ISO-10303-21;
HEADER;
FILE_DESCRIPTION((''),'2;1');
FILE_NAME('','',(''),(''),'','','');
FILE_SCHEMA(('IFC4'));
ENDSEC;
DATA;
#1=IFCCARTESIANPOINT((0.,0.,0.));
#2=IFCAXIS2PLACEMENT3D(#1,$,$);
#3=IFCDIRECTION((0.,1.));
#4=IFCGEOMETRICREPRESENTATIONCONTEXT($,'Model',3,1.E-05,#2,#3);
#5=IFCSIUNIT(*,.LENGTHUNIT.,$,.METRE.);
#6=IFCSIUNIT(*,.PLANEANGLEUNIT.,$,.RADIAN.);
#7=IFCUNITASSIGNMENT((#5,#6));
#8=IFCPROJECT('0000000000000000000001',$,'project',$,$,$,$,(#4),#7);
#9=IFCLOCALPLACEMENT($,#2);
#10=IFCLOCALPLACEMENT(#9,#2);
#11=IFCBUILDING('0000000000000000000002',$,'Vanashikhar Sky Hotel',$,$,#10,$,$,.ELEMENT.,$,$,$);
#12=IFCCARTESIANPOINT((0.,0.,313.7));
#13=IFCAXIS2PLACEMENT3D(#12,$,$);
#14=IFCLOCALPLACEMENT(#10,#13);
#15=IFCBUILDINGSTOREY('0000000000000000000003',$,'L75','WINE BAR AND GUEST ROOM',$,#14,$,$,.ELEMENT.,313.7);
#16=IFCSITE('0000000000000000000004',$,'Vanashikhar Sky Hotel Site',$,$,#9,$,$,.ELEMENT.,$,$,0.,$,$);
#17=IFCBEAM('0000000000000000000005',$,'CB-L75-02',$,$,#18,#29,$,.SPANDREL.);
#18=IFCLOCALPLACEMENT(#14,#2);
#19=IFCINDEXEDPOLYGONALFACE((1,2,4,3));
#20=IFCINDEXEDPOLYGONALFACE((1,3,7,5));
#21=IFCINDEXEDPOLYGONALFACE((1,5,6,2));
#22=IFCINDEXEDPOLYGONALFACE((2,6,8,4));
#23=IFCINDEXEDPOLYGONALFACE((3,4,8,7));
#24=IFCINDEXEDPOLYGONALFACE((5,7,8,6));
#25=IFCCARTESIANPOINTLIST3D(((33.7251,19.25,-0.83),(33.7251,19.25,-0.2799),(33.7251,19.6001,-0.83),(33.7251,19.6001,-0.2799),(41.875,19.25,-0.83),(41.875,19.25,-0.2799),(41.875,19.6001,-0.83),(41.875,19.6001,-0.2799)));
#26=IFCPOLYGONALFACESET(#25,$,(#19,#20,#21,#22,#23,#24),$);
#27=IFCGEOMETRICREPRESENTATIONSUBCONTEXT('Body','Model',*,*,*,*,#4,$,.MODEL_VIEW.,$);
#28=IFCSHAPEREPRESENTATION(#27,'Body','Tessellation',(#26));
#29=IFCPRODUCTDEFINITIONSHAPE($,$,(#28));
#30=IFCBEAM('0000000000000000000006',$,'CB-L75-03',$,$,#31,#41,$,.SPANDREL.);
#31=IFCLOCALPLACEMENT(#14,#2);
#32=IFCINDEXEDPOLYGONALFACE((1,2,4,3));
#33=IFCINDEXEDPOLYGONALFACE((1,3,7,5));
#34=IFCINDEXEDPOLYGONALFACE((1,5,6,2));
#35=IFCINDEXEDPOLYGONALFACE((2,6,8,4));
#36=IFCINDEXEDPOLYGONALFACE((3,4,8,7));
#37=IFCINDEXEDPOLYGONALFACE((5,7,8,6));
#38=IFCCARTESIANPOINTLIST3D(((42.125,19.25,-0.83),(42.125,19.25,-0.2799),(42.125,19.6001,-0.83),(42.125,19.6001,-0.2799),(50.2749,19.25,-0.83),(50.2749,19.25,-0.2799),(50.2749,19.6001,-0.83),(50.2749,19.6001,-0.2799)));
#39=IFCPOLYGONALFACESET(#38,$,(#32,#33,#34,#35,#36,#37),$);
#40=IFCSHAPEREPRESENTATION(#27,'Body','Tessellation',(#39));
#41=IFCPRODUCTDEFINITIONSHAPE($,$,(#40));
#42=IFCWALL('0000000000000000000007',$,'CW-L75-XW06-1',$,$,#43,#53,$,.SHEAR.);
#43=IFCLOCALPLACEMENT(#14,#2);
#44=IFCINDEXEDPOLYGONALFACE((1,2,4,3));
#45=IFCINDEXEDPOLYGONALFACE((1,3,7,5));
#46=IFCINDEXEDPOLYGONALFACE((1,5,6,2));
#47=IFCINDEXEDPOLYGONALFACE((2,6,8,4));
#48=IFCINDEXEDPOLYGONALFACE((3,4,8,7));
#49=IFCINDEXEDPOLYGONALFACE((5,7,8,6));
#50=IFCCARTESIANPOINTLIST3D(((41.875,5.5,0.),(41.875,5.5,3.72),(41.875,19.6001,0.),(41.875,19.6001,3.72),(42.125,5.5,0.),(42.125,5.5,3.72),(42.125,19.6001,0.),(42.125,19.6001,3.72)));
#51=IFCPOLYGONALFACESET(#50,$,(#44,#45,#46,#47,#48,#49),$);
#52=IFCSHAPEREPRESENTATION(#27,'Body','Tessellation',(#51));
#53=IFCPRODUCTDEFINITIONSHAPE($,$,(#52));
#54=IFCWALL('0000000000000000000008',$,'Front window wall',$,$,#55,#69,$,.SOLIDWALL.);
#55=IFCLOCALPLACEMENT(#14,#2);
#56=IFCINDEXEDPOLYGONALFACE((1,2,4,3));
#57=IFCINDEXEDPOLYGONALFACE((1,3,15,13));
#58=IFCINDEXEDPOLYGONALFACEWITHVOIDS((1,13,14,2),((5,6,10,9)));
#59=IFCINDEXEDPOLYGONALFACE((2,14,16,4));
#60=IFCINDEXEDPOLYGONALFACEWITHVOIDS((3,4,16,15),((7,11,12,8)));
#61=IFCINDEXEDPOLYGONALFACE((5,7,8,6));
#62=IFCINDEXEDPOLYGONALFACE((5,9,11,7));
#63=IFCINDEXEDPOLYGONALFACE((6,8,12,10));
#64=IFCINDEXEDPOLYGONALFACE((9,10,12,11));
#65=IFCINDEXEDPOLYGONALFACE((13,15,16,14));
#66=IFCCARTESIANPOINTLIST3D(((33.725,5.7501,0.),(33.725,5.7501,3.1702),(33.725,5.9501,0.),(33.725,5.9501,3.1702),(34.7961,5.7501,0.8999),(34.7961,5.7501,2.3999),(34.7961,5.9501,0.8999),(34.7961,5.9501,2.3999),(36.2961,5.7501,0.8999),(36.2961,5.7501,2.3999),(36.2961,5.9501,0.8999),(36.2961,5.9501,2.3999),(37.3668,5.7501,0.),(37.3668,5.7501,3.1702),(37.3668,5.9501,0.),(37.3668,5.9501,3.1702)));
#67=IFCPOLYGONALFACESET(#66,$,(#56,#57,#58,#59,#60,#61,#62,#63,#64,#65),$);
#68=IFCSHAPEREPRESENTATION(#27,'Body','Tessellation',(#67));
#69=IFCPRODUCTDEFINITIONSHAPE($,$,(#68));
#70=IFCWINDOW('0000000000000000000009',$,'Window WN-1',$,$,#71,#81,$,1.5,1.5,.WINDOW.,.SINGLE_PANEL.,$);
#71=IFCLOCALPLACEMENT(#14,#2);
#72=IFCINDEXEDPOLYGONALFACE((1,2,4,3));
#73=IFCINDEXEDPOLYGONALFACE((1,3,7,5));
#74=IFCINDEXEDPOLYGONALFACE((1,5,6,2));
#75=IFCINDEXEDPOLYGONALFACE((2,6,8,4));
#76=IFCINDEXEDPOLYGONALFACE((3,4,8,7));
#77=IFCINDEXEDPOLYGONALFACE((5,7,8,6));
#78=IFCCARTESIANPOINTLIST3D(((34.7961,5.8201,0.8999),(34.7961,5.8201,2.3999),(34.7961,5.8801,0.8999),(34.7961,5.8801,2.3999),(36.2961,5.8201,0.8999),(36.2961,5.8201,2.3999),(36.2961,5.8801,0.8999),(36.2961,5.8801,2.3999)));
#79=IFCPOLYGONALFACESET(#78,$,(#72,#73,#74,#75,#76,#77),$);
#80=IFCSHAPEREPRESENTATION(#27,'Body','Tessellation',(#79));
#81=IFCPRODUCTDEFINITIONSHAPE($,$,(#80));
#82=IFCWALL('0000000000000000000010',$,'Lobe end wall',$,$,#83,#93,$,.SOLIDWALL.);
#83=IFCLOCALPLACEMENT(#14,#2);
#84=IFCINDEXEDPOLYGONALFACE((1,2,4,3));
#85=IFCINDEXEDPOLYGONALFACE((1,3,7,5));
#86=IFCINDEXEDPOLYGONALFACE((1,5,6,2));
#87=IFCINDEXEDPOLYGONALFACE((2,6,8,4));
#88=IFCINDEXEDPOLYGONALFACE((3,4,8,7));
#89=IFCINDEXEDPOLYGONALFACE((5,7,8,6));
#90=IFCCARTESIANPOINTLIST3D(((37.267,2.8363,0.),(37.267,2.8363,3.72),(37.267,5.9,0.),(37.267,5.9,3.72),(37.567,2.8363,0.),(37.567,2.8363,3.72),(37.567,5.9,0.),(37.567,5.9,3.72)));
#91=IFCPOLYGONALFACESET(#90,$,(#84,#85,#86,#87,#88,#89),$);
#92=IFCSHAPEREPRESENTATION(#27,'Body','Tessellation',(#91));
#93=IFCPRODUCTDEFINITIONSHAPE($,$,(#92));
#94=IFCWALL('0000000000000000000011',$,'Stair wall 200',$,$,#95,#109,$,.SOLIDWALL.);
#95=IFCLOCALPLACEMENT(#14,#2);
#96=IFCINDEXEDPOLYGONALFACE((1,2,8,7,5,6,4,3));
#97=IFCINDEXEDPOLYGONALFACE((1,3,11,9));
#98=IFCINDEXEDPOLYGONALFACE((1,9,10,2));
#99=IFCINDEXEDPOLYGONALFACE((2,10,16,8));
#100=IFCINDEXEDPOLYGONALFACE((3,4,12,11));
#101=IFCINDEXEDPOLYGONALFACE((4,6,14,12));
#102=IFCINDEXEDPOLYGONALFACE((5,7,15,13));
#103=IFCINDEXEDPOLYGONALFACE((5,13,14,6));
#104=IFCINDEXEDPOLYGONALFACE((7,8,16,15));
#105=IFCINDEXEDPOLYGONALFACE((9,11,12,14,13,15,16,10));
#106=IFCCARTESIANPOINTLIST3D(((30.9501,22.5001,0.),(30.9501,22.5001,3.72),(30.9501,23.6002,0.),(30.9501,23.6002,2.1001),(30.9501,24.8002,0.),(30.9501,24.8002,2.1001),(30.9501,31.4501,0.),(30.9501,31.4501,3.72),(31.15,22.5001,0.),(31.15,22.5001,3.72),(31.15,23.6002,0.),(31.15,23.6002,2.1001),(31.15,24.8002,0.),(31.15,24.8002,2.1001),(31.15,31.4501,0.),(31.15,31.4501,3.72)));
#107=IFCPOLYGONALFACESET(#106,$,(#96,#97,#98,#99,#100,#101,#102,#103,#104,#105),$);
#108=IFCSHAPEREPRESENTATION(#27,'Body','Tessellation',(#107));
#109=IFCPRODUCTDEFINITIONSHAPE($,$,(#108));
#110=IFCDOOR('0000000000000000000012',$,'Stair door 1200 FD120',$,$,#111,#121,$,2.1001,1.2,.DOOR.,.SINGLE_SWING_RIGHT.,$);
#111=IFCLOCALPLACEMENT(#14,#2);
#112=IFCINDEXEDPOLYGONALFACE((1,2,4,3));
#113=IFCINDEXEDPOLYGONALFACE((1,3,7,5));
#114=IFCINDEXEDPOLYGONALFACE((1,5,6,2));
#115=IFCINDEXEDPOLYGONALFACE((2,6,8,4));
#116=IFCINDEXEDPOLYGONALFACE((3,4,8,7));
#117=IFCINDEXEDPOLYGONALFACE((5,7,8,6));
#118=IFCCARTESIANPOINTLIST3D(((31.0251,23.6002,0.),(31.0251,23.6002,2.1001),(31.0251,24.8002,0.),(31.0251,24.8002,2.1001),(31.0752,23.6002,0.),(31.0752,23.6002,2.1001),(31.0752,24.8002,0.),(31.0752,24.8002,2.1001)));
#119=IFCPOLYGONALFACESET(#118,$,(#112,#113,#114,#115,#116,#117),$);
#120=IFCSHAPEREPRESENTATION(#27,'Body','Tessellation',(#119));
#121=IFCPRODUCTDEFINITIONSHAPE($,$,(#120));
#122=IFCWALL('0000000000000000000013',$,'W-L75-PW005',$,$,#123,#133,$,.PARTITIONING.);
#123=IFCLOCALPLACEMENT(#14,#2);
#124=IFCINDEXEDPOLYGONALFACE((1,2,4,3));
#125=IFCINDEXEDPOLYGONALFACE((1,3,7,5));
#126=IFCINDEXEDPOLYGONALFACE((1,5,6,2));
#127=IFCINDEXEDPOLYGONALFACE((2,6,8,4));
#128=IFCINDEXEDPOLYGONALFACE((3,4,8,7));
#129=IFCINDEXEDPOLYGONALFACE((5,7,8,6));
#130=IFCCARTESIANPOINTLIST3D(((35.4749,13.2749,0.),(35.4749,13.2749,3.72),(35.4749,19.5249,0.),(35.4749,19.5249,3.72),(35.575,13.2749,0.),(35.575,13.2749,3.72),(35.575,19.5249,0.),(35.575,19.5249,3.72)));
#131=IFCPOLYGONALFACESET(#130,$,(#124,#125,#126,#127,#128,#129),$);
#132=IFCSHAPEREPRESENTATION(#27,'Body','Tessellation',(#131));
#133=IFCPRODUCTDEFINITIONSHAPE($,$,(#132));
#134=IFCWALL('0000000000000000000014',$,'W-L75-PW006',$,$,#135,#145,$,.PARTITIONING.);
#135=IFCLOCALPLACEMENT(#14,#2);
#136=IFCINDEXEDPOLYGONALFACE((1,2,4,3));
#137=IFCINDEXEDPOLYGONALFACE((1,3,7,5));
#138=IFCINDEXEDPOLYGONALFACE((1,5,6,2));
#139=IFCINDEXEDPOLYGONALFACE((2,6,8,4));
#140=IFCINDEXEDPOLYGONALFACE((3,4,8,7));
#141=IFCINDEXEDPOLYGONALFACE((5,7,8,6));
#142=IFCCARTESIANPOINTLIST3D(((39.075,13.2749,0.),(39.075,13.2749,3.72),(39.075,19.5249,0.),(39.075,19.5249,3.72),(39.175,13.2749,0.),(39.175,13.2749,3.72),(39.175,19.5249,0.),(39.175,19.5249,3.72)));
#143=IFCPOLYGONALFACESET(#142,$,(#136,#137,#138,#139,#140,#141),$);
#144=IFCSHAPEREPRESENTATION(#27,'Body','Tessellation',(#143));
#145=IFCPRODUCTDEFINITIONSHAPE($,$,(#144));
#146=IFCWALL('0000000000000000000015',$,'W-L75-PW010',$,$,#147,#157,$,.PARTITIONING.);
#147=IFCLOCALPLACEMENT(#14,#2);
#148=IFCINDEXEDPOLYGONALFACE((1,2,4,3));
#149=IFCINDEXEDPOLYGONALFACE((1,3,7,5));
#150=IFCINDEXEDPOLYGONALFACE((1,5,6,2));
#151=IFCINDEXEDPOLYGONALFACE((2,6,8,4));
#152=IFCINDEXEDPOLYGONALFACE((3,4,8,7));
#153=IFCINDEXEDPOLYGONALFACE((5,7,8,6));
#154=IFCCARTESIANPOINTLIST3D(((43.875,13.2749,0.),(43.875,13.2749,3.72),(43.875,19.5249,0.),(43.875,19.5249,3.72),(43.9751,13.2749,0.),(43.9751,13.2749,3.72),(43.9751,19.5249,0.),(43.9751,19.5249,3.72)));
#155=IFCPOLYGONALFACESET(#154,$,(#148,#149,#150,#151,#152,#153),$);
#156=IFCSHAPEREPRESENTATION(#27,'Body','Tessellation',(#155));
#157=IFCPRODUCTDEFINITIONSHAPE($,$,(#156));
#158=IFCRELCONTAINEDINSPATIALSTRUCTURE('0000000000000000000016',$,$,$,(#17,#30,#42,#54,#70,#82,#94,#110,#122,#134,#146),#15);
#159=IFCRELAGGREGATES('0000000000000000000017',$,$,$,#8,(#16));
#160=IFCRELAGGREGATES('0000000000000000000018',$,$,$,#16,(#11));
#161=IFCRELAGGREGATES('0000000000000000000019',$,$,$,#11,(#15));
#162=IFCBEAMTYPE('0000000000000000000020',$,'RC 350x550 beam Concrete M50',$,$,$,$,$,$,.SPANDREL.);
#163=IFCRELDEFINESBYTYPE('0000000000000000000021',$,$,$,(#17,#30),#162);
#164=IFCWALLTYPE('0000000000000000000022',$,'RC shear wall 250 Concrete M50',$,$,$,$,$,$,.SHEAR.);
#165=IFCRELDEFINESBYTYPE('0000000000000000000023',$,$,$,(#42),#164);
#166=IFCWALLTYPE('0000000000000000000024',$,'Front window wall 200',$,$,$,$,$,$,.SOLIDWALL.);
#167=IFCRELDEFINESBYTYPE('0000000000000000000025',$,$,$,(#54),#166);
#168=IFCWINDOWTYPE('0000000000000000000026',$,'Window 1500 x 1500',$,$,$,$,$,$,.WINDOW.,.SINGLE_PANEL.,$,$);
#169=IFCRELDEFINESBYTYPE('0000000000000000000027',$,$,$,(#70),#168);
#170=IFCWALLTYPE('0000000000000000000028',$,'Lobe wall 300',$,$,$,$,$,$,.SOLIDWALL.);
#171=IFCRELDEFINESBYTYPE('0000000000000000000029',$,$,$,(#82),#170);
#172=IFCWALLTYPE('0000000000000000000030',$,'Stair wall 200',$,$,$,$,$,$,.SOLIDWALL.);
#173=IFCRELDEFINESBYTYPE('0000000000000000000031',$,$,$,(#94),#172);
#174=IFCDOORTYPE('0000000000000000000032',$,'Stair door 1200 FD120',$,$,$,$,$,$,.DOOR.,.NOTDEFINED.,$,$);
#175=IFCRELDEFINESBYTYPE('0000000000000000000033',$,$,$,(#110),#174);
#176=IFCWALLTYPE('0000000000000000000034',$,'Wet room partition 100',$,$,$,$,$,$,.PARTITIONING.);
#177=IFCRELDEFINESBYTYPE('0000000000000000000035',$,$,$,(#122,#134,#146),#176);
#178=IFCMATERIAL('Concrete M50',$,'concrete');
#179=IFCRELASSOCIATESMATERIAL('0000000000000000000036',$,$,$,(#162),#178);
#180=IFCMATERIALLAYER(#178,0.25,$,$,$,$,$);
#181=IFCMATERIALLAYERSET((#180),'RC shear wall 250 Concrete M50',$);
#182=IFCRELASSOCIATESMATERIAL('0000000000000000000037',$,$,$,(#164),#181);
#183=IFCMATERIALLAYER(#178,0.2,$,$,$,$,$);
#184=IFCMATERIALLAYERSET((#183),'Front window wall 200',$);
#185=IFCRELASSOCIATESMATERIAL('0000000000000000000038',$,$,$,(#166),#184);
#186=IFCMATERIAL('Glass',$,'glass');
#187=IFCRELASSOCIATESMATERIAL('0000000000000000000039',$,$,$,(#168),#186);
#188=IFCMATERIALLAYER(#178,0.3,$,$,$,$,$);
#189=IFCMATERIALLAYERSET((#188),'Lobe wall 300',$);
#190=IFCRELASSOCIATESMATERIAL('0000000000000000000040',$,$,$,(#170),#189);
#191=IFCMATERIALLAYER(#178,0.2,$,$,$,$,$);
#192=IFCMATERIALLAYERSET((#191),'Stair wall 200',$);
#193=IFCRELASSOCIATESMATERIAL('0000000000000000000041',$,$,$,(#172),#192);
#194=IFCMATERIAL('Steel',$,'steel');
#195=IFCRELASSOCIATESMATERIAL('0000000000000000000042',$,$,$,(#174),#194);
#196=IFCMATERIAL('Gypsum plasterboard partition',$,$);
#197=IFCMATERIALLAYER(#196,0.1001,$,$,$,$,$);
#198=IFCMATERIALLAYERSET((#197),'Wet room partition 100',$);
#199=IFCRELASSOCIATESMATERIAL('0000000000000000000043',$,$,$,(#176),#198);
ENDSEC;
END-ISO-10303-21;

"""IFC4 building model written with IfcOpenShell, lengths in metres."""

from ifc_helpers import new_model, si_unit, direction, frame, frame_2d, origin, origin_2d, place, context, subcontext, project, spatial, rectangle, extrude, source, transform, mapped, material, layer, layer_set, material_profile, profile_set, type_object, element, fill, save


model = new_model("IFC4")

# Units and contexts
model_context = context("Model", 3, precision=1e-05, world=origin(), true_north=direction((0.0, 1.0)))
body_context = subcontext(model_context, "Body", "Model", "MODEL_VIEW")
ifc_project = project(units=[si_unit("LENGTHUNIT", "METRE"), si_unit("PLANEANGLEUNIT", "RADIAN")], contexts=[model_context])

# Site, building, storey
site_placement = place(None, origin())
site = spatial("IfcSite", under=ifc_project, at=site_placement, Name="Vanashikhar Sky Hotel Site", CompositionType="ELEMENT", RefElevation=0.0)
building_placement = place(site_placement, origin())
building = spatial("IfcBuilding", under=site, at=building_placement, Name="Vanashikhar Sky Hotel", CompositionType="ELEMENT")
storey_placement = place(building_placement, frame((0.0, 0.0, 313.7)))
storey = spatial("IfcBuildingStorey", under=building, at=storey_placement, Name="L75", Description="WINE BAR AND GUEST ROOM", CompositionType="ELEMENT", Elevation=313.7)

# Beams
ifc_material_1 = material(Name="Concrete M50", Category="concrete")
ifc_material_profile = material_profile(ifc_material_1, rectangle(XDim=0.3501, YDim=0.55, at=origin_2d()))
ifc_profile_set = profile_set([ifc_material_profile], Name="RC 350x550 beam Concrete M50")
beam_type = type_object("IfcBeamType", Name="RC 350x550 beam Concrete M50", PredefinedType="SPANDREL", material=ifc_profile_set)
shared_shape_1 = source(origin(), body_context, "Body", "SweptSolid", [
    extrude(rectangle(XDim=0.3501, YDim=0.55, at=origin_2d()), origin(), (0.0, 0.0, 1.0), 8.1499),
])
for number, where, z_axis, x_axis, name in (
    (1, (33.7251, 19.425, -0.5549), (1.0, 0.0, 0.0), (0.0, 1.0, 0.0), "CB-L75-02"),
    (2, (42.125, 19.425, -0.5549), (1.0, 0.0, 0.0), (0.0, 1.0, 0.0), "CB-L75-03"),
):
    element("IfcBeam", number, at=place(storey_placement, frame(where, z_axis=z_axis, x_axis=x_axis)), inside=storey, type_object=beam_type, Name=name, PredefinedType="SPANDREL", context=body_context, shape_type="MappedRepresentation", body=[
        mapped(shared_shape_1, transform((0.0, 0.0, 0.0), scale=1.0)),
    ])

# Wall
ifc_layer_1 = layer(ifc_material_1, 0.25)
ifc_layer_set_1 = layer_set([ifc_layer_1], Name="RC shear wall 250 Concrete M50")
wall_type_1 = type_object("IfcWallType", Name="RC shear wall 250 Concrete M50", PredefinedType="SHEAR", material=ifc_layer_set_1)
shared_shape_2 = source(origin(), body_context, "Body", "SweptSolid", [
    extrude(rectangle(XDim=14.1001, YDim=0.25, at=frame_2d((7.05, 0.0))), origin(), (0.0, 0.0, 1.0), 3.72),
])
wall_1_placement = place(storey_placement, frame((42.0, 5.5, 0.0), z_axis=(0.0, 0.0, 1.0), x_axis=(0.0, 1.0, 0.0)))
element("IfcWall", 3, at=wall_1_placement, inside=storey, type_object=wall_type_1, Name="CW-L75-XW06-1", PredefinedType="SHEAR", context=body_context, shape_type="MappedRepresentation", body=[
    mapped(shared_shape_2, transform((0.0, 0.0, 0.0), scale=1.0)),
])

# Wall, opening, window
ifc_layer_2 = layer(ifc_material_1, 0.2)
ifc_layer_set_2 = layer_set([ifc_layer_2], Name="Front window wall 200")
wall_type_2 = type_object("IfcWallType", Name="Front window wall 200", PredefinedType="SOLIDWALL", material=ifc_layer_set_2)
shared_shape_3 = source(origin(), body_context, "Body", "SweptSolid", [
    extrude(rectangle(XDim=3.6418, YDim=0.2, at=frame_2d((1.8208, 0.0))), origin(), (0.0, 0.0, 1.0), 3.1702),
])
wall_2_placement = place(storey_placement, frame((33.7251, 5.8501, 0.0), z_axis=(0.0, 0.0, 1.0), x_axis=(1.0, 0.0, 0.0)))
wall_2 = element("IfcWall", 4, at=wall_2_placement, inside=storey, type_object=wall_type_2, Name="Front window wall", PredefinedType="SOLIDWALL", context=body_context, shape_type="MappedRepresentation", body=[
    mapped(shared_shape_3, transform((0.0, 0.0, 0.0), scale=1.0)),
])
shared_shape_4 = source(origin(), body_context, "Body", "SweptSolid", [
    extrude(rectangle(XDim=1.5, YDim=1.5, at=frame_2d((0.75, 0.75))), frame((0.0, 0.1099, 0.0), z_axis=(0.0, -1.0, 0.0), x_axis=(1.0, 0.0, 0.0)), (0.0, 0.0, 1.0), 0.22),
])
opening_1_placement = place(wall_2_placement, frame((1.071, 0.0, 0.8999)))
opening_1 = element("IfcOpeningElement", 5, at=opening_1_placement, cuts=wall_2, PredefinedType="OPENING", context=body_context, shape_type="MappedRepresentation", body=[
    mapped(shared_shape_4, transform((0.0, 0.0, 0.0), scale=1.0)),
])
ifc_material_2 = material(Name="Glass", Category="glass")
window_type = type_object("IfcWindowType", Name="Window 1500 x 1500", PartitioningType="SINGLE_PANEL", PredefinedType="WINDOW", material=ifc_material_2)
shared_shape_5 = source(origin(), body_context, "Body", "SweptSolid", [
    extrude(rectangle(XDim=1.5, YDim=1.5, at=frame_2d((0.75, 0.75))), frame((0.0, 0.03, 0.0), z_axis=(0.0, -1.0, 0.0), x_axis=(1.0, 0.0, 0.0)), (0.0, 0.0, 1.0), 0.0601),
])
window_placement = place(opening_1_placement, origin())
window = element("IfcWindow", 6, at=window_placement, inside=storey, type_object=window_type, Name="Window WN-1", OverallHeight=1.5, OverallWidth=1.5, PartitioningType="SINGLE_PANEL", PredefinedType="WINDOW", context=body_context, shape_type="MappedRepresentation", body=[
    mapped(shared_shape_5, transform((0.0, 0.0, 0.0), scale=1.0)),
])
fill(opening_1, window)

# Wall
ifc_layer_3 = layer(ifc_material_1, 0.3)
ifc_layer_set_3 = layer_set([ifc_layer_3], Name="Lobe wall 300")
wall_type_3 = type_object("IfcWallType", Name="Lobe wall 300", PredefinedType="SOLIDWALL", material=ifc_layer_set_3)
shared_shape_6 = source(origin(), body_context, "Body", "SweptSolid", [
    extrude(rectangle(XDim=3.0637, YDim=0.3, at=frame_2d((1.5317, 0.0))), origin(), (0.0, 0.0, 1.0), 3.72),
])
wall_3_placement = place(storey_placement, frame((37.417, 5.8999, 0.0), z_axis=(0.0, 0.0, 1.0), x_axis=(0.0, -1.0, 0.0)))
element("IfcWall", 7, at=wall_3_placement, inside=storey, type_object=wall_type_3, Name="Lobe end wall", PredefinedType="SOLIDWALL", context=body_context, shape_type="MappedRepresentation", body=[
    mapped(shared_shape_6, transform((0.0, 0.0, 0.0), scale=1.0)),
])

# Wall, opening, door
ifc_layer_4 = layer(ifc_material_1, 0.2)
ifc_layer_set_4 = layer_set([ifc_layer_4], Name="Stair wall 200")
wall_type_4 = type_object("IfcWallType", Name="Stair wall 200", PredefinedType="SOLIDWALL", material=ifc_layer_set_4)
shared_shape_7 = source(origin(), body_context, "Body", "SweptSolid", [
    extrude(rectangle(XDim=8.95, YDim=0.2, at=frame_2d((4.4751, 0.0))), origin(), (0.0, 0.0, 1.0), 3.72),
])
wall_4_placement = place(storey_placement, frame((31.05, 22.5, 0.0), z_axis=(0.0, 0.0, 1.0), x_axis=(0.0, 1.0, 0.0)))
wall_4 = element("IfcWall", 8, at=wall_4_placement, inside=storey, type_object=wall_type_4, Name="Stair wall 200", PredefinedType="SOLIDWALL", context=body_context, shape_type="MappedRepresentation", body=[
    mapped(shared_shape_7, transform((0.0, 0.0, 0.0), scale=1.0)),
])
shared_shape_8 = source(origin(), body_context, "Body", "SweptSolid", [
    extrude(rectangle(XDim=1.2, YDim=2.1001, at=frame_2d((0.6001, 1.05))), frame((0.0, 0.1099, 0.0), z_axis=(0.0, -1.0, 0.0), x_axis=(1.0, 0.0, 0.0)), (0.0, 0.0, 1.0), 0.22),
])
opening_2_placement = place(wall_4_placement, frame((1.1001, 0.0, 0.0)))
opening_2 = element("IfcOpeningElement", 9, at=opening_2_placement, cuts=wall_4, PredefinedType="OPENING", context=body_context, shape_type="MappedRepresentation", body=[
    mapped(shared_shape_8, transform((0.0, 0.0, 0.0), scale=1.0)),
])
ifc_material_3 = material(Name="Steel", Category="steel")
door_type_1 = type_object("IfcDoorType", Name="Stair door 1200 FD120", OperationType="NOTDEFINED", PredefinedType="DOOR", material=ifc_material_3)
shared_shape_9 = source(origin(), body_context, "Body", "SweptSolid", [
    extrude(rectangle(XDim=1.2, YDim=2.1001, at=frame_2d((0.6001, 1.05))), frame((0.0, 0.0249, 0.0), z_axis=(0.0, -1.0, 0.0), x_axis=(1.0, 0.0, 0.0)), (0.0, 0.0, 1.0), 0.05),
])
door_1_placement = place(opening_2_placement, origin())
door_1 = element("IfcDoor", 10, at=door_1_placement, inside=storey, type_object=door_type_1, Name="Stair door 1200 FD120", OperationType="SINGLE_SWING_RIGHT", OverallHeight=2.1001, OverallWidth=1.2, PredefinedType="DOOR", context=body_context, shape_type="MappedRepresentation", body=[
    mapped(shared_shape_9, transform((0.0, 0.0, 0.0), scale=1.0)),
])
fill(opening_2, door_1)

# Walls
ifc_material_4 = material(Name="Gypsum plasterboard partition")
ifc_layer_5 = layer(ifc_material_4, 0.1001)
ifc_layer_set_5 = layer_set([ifc_layer_5], Name="Wet room partition 100")
wall_type_5 = type_object("IfcWallType", Name="Wet room partition 100", PredefinedType="PARTITIONING", material=ifc_layer_set_5)
shared_shape_10 = source(origin(), body_context, "Body", "SweptSolid", [
    extrude(rectangle(XDim=6.25, YDim=0.1001, at=frame_2d((3.125, 0.0))), origin(), (0.0, 0.0, 1.0), 3.72),
])
for number, where, z_axis, x_axis, name in (
    (11, (35.5249, 13.2749, 0.0), (0.0, 0.0, 1.0), (0.0, 1.0, 0.0), "W-L75-PW005"),
    (12, (39.125, 13.2749, 0.0), (0.0, 0.0, 1.0), (0.0, 1.0, 0.0), "W-L75-PW006"),
    (13, (43.925, 13.2749, 0.0), (0.0, 0.0, 1.0), (0.0, 1.0, 0.0), "W-L75-PW010"),
):
    element("IfcWall", number, at=place(storey_placement, frame(where, z_axis=z_axis, x_axis=x_axis)), inside=storey, type_object=wall_type_5, Name=name, PredefinedType="PARTITIONING", context=body_context, shape_type="MappedRepresentation", body=[
        mapped(shared_shape_10, transform((0.0, 0.0, 0.0), scale=1.0)),
    ])

save(model, "model.ifc")
